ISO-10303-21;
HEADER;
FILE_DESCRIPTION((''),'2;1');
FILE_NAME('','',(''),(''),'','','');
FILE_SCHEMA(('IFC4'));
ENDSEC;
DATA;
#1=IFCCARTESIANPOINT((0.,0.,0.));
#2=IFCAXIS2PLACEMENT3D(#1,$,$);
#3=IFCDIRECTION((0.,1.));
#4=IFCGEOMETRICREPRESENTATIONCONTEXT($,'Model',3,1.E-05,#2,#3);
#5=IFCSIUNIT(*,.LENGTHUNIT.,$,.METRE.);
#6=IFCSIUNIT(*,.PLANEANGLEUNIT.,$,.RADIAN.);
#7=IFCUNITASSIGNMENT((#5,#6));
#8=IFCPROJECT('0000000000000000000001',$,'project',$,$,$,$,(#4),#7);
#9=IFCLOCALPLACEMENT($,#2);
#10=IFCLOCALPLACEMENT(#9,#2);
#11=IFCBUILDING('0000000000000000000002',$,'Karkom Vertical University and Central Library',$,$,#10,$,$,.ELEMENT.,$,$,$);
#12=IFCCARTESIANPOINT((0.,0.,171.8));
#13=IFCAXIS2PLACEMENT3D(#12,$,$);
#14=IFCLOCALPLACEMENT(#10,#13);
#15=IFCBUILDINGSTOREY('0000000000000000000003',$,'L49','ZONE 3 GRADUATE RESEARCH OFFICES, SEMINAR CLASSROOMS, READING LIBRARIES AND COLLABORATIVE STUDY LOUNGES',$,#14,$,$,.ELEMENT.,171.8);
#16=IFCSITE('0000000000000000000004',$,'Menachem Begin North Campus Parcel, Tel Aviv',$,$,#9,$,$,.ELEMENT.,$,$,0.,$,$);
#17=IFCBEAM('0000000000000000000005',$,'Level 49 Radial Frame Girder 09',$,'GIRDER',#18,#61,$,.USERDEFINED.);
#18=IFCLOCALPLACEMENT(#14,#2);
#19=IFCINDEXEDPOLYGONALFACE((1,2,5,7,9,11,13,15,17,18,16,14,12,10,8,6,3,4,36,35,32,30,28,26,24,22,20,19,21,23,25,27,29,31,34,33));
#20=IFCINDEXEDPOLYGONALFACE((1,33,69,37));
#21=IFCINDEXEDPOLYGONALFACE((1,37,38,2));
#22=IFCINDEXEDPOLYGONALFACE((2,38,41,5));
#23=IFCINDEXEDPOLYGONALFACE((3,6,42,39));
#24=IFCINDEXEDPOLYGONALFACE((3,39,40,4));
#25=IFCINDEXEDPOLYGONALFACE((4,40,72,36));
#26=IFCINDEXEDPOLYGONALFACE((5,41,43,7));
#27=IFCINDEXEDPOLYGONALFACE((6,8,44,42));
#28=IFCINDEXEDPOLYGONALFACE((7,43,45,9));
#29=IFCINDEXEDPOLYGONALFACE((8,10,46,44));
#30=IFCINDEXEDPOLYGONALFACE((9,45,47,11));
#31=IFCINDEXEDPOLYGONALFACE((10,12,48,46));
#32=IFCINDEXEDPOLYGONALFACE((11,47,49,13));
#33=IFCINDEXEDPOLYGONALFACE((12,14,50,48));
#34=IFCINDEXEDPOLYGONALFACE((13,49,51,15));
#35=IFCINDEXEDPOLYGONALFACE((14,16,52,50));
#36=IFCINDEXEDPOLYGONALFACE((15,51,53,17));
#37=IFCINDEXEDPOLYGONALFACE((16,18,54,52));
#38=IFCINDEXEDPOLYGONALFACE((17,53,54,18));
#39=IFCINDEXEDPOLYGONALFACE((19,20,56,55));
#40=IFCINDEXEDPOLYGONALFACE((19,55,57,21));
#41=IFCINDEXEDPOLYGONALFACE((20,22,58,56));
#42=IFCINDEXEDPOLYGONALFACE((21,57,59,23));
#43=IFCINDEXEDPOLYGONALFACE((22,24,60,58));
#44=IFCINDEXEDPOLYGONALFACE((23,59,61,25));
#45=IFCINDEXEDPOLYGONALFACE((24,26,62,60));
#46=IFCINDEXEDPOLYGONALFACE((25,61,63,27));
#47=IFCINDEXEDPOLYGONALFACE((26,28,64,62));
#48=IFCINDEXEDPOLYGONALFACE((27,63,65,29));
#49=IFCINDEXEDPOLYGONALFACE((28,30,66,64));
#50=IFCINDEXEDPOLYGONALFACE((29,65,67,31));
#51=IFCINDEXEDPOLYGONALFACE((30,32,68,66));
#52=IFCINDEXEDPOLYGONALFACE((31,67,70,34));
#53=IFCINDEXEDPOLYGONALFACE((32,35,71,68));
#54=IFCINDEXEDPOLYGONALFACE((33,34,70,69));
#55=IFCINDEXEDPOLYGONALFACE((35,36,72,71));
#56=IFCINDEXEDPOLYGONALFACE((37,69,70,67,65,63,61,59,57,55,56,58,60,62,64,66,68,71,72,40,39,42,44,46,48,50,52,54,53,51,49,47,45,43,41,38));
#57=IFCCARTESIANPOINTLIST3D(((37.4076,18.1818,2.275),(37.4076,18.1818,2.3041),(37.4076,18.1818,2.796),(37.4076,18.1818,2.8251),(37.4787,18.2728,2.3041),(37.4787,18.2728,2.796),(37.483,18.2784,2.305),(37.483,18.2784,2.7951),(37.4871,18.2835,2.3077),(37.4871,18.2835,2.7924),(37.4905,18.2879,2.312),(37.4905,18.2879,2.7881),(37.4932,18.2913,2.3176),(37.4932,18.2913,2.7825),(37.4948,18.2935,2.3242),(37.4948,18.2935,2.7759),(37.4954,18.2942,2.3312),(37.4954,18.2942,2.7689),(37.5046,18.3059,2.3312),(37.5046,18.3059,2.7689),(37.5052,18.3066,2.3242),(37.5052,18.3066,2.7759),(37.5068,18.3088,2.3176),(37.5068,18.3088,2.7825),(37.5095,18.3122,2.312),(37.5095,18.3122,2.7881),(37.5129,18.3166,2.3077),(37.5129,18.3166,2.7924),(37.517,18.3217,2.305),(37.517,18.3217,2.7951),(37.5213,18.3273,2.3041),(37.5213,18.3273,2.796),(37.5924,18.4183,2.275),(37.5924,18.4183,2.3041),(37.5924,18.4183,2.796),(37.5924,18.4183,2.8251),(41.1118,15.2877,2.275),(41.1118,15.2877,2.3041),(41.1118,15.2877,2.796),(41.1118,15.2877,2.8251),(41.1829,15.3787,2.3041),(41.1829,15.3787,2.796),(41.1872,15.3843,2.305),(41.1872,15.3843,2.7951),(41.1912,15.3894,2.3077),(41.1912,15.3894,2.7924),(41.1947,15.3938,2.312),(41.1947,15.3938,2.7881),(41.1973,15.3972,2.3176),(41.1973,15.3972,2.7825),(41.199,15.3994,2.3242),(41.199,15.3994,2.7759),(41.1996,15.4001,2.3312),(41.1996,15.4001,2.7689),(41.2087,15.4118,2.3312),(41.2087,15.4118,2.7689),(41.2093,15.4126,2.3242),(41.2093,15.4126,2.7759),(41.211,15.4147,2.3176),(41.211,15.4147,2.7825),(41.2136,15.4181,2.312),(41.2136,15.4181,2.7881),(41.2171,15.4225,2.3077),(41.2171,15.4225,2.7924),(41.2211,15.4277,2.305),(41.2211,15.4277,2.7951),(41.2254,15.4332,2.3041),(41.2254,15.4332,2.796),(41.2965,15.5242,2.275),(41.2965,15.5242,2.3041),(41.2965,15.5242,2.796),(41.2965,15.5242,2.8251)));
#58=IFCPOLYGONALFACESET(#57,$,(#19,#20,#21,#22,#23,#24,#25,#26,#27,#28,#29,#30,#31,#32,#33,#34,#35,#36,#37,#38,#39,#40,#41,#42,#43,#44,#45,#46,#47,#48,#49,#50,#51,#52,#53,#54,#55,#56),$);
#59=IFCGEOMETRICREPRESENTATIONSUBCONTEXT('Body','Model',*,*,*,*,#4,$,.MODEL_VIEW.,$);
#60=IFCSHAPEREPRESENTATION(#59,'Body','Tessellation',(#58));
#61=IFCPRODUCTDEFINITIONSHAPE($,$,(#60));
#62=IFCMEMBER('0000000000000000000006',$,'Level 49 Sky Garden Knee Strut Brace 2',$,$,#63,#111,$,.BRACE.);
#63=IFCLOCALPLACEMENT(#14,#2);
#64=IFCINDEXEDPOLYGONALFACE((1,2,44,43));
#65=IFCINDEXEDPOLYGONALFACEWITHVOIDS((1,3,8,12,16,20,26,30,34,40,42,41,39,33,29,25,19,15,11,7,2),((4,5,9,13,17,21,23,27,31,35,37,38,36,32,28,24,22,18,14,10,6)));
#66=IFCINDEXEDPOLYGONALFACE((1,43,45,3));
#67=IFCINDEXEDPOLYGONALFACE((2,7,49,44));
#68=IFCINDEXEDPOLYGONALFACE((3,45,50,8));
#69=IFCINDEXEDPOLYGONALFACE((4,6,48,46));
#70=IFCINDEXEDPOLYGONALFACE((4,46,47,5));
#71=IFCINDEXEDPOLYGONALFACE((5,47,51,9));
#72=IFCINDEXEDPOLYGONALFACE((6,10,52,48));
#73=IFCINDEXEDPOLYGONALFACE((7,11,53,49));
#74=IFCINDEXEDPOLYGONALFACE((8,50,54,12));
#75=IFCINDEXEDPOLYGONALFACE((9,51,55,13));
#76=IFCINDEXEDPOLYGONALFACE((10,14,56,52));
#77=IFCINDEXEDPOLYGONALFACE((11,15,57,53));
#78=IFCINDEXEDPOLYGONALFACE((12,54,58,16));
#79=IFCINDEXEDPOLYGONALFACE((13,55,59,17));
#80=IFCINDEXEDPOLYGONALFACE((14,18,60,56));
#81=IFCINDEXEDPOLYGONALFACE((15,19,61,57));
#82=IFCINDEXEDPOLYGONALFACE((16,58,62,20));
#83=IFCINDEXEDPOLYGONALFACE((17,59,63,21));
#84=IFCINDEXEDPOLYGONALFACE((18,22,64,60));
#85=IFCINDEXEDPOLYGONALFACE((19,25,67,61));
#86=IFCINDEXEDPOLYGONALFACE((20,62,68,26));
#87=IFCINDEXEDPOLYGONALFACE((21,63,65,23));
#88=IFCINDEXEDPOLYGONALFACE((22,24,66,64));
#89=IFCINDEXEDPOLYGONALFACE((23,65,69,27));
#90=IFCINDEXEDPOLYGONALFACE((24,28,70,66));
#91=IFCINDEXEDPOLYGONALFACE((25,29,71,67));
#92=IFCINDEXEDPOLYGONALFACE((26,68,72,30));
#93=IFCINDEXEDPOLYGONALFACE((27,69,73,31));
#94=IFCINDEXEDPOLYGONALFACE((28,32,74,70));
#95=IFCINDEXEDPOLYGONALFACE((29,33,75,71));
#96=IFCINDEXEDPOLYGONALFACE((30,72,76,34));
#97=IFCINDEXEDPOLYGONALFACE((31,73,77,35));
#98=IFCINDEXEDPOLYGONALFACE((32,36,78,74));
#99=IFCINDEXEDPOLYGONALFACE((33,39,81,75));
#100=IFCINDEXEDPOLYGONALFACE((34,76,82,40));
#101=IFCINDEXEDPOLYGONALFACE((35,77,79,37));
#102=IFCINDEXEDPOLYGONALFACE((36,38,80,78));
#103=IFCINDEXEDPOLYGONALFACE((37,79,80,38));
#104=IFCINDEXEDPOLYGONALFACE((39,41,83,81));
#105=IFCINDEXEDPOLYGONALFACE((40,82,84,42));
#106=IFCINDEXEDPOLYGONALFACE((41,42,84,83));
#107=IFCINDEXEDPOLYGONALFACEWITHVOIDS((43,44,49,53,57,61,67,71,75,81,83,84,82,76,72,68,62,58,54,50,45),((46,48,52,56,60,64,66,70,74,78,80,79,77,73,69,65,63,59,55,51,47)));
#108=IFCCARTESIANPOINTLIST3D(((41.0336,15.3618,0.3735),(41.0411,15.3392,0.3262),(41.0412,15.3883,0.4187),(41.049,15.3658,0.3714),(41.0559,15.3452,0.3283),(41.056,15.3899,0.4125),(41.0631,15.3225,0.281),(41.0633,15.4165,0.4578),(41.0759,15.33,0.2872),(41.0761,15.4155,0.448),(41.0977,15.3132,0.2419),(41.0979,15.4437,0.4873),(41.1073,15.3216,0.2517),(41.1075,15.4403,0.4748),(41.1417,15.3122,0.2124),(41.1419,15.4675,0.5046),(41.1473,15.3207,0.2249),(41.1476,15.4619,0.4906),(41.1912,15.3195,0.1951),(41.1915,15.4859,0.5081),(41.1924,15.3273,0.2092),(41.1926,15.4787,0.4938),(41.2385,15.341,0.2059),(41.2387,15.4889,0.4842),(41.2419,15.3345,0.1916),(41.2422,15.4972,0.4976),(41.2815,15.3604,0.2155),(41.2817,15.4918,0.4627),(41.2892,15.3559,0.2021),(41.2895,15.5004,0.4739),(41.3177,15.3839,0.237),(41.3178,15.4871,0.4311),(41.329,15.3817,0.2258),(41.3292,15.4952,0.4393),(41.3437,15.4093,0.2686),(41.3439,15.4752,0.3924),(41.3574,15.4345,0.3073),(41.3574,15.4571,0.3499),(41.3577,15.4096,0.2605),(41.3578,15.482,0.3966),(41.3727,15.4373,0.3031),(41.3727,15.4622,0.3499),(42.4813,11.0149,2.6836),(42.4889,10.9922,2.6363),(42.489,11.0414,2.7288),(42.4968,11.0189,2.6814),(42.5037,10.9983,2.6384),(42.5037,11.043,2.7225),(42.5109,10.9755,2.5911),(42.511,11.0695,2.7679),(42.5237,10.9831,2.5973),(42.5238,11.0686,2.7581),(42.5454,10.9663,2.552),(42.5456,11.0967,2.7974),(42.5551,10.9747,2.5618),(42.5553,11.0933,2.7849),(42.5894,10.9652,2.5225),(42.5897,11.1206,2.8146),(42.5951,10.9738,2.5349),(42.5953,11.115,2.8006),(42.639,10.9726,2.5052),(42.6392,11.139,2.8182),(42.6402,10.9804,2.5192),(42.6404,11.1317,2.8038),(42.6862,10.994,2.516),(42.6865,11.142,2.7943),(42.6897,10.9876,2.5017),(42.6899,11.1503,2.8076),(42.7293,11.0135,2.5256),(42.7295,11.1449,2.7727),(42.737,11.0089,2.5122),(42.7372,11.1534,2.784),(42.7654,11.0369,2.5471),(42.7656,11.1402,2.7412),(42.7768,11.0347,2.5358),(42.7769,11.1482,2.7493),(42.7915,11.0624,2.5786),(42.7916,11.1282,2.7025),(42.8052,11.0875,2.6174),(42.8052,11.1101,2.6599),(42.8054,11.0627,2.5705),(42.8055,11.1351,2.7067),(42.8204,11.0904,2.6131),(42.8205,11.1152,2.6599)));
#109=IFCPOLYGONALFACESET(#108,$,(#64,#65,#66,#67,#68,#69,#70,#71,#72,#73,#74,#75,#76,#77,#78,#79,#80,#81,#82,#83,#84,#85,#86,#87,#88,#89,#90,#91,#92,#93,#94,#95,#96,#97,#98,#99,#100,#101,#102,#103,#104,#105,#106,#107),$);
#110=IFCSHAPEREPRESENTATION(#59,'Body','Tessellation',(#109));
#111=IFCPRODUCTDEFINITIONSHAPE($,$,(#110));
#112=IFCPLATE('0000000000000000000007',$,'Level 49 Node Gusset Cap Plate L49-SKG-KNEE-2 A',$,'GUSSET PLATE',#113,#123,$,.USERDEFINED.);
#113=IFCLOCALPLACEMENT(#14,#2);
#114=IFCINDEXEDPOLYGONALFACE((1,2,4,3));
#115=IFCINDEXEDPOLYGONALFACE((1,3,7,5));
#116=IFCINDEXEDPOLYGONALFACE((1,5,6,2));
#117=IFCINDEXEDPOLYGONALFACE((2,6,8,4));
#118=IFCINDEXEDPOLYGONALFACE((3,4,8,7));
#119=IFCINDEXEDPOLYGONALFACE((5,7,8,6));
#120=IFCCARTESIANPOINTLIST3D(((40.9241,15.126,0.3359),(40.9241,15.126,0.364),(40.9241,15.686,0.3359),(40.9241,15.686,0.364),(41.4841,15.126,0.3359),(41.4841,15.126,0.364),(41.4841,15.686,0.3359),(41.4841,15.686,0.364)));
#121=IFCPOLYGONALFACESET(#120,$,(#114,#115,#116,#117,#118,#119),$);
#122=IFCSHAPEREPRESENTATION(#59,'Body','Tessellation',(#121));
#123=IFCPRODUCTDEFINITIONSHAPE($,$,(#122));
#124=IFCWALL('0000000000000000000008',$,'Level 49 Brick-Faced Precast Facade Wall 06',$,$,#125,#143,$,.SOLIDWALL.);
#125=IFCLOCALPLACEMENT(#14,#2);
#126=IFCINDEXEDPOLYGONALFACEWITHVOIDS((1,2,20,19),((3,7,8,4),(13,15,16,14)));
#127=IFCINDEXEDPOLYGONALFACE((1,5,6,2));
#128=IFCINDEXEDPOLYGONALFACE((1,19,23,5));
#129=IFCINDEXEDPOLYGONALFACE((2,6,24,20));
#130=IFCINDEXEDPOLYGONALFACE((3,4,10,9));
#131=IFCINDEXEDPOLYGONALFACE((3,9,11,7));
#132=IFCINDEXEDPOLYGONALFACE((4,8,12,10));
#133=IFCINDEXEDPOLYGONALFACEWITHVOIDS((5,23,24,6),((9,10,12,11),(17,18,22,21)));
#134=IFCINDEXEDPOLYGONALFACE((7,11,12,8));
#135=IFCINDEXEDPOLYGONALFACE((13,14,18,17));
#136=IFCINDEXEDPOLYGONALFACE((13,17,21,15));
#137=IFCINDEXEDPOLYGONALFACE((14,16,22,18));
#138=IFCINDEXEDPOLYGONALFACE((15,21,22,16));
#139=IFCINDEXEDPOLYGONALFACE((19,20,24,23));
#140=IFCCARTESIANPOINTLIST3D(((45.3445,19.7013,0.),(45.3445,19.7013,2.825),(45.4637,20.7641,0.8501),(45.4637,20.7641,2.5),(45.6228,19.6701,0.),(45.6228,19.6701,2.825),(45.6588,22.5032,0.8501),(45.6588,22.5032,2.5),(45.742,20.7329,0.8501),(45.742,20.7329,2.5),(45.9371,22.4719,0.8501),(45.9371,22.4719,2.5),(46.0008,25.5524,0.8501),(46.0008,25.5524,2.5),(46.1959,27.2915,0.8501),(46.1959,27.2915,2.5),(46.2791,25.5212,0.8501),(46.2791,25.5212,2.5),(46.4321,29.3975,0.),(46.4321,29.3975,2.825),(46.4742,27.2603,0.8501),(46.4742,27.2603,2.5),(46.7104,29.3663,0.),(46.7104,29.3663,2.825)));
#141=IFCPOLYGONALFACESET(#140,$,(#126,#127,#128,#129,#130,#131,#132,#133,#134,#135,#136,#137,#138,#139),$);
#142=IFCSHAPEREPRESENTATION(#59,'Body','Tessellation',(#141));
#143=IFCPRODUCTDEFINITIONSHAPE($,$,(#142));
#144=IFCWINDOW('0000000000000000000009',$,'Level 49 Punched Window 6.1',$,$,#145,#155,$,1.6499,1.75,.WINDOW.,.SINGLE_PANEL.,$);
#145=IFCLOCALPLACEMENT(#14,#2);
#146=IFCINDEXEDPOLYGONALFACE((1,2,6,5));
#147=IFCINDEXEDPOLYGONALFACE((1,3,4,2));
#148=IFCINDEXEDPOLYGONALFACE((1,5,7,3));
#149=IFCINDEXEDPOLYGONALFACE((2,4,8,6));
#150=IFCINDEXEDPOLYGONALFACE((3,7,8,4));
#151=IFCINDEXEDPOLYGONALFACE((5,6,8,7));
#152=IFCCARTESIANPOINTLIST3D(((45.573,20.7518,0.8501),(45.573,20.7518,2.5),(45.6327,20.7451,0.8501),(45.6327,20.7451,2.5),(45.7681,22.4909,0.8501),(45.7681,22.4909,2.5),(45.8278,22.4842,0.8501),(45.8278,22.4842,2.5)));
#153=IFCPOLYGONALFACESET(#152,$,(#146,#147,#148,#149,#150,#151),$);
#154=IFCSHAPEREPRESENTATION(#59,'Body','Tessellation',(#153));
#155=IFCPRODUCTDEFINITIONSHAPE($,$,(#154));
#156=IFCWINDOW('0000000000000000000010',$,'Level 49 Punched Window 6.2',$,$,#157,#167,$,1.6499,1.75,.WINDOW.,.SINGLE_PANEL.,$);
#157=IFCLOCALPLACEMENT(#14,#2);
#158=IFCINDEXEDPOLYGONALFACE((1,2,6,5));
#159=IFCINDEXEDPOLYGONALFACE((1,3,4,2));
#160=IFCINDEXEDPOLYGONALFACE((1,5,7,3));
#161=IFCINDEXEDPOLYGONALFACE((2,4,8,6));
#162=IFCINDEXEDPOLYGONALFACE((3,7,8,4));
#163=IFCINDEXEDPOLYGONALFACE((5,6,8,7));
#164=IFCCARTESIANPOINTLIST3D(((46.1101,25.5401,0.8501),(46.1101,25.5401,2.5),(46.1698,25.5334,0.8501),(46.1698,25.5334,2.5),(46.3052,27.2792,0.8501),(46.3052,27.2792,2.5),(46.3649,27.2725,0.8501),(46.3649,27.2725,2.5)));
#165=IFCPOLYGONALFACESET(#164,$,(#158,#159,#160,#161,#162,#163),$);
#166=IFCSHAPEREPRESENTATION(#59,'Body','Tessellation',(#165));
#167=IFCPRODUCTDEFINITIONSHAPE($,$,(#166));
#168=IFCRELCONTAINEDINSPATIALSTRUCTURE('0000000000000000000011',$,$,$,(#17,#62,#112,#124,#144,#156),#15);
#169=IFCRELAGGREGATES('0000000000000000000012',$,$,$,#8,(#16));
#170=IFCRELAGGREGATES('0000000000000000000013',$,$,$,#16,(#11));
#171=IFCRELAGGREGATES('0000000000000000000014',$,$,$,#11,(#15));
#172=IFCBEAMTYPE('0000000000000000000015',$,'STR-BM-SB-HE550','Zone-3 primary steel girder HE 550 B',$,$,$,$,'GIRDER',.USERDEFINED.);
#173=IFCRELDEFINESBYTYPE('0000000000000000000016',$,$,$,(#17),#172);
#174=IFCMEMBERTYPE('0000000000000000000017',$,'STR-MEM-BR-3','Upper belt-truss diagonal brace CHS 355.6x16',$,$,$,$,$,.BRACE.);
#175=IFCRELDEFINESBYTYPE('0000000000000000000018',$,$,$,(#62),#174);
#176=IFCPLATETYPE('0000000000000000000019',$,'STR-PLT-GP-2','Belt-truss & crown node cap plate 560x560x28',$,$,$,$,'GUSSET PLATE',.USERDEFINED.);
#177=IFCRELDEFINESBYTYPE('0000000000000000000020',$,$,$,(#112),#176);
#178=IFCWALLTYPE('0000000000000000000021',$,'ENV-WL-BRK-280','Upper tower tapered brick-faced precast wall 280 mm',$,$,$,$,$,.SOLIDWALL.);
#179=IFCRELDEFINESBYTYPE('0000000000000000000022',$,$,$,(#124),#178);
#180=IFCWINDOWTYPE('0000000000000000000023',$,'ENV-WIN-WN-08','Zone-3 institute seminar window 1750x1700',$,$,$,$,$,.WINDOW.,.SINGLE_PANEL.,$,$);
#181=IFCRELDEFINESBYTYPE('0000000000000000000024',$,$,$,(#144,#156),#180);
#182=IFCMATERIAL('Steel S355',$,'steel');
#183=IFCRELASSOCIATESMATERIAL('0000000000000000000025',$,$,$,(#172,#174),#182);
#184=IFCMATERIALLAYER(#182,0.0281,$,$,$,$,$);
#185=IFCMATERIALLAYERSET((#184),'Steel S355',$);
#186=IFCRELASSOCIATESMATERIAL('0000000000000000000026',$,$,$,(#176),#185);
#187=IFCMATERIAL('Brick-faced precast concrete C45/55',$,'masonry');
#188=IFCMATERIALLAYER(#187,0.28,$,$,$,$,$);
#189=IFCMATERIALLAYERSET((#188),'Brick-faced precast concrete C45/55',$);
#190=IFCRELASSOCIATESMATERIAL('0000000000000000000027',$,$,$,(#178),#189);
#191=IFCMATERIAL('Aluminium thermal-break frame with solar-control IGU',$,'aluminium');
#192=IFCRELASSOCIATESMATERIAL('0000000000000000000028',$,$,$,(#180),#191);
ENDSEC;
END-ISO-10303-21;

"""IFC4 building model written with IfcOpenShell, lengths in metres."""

from ifc_helpers import new_model, si_unit, direction, frame, frame_2d, origin, origin_with_axes, origin_2d, place, context, subcontext, project, spatial, rectangle, hollow_circle, i_section, extrude, source, transform, mapped, material, layer, layer_set, material_profile, profile_set, type_object, element, fill, save


model = new_model("IFC4")

# Units and contexts
model_context = context("Model", 3, precision=1e-05, world=origin(), true_north=direction((0.0, 1.0)))
body_context = subcontext(model_context, "Body", "Model", "MODEL_VIEW")
ifc_project = project(units=[si_unit("LENGTHUNIT", "METRE"), si_unit("PLANEANGLEUNIT", "RADIAN")], contexts=[model_context])

# Site, building, storey
site_placement = place(None, origin())
site = spatial("IfcSite", under=ifc_project, at=site_placement, Name="Menachem Begin North Campus Parcel, Tel Aviv", CompositionType="ELEMENT", RefElevation=0.0)
building_placement = place(site_placement, origin())
building = spatial("IfcBuilding", under=site, at=building_placement, Name="Karkom Vertical University and Central Library", CompositionType="ELEMENT")
storey_placement = place(building_placement, frame((0.0, 0.0, 171.8)))
storey = spatial("IfcBuildingStorey", under=building, at=storey_placement, Name="L49", Description="ZONE 3 GRADUATE RESEARCH OFFICES, SEMINAR CLASSROOMS, READING LIBRARIES AND COLLABORATIVE STUDY LOUNGES", CompositionType="ELEMENT", Elevation=171.8)

# Beam
ifc_material_1 = material(Name="Steel S355", Category="steel")
ifc_material_profile_1 = material_profile(ifc_material_1, i_section(OverallWidth=0.3, OverallDepth=0.55, WebThickness=0.0149, FlangeThickness=0.0291, FilletRadius=0.0271, at=origin_2d()), Name="HE 550 B")
ifc_profile_set_1 = profile_set([ifc_material_profile_1], Name="Steel S355")
beam_type_1 = type_object("IfcBeamType", Name="STR-BM-SB-HE550", Description="Zone-3 primary steel girder HE 550 B", ElementType="GIRDER", PredefinedType="USERDEFINED", material=ifc_profile_set_1)
shared_shape_1 = source(origin_with_axes(), body_context, "Body", "SweptSolid", [
    extrude(i_section(OverallWidth=0.3, OverallDepth=0.55, WebThickness=0.0149, FlangeThickness=0.0291, FilletRadius=0.0271, at=origin_2d()), origin(), (0.0, 0.0, 1.0), 4.7007),
])
beam_1_placement = place(storey_placement, frame((37.5, 18.3, 2.55), z_axis=(0.788002, -0.615672, 0.0), x_axis=(0.615672, 0.788002, 0.0)))
element("IfcBeam", 1, at=beam_1_placement, inside=storey, type_object=beam_type_1, Name="Level 49 Radial Frame Girder 09", ObjectType="GIRDER", PredefinedType="USERDEFINED", context=body_context, shape_type="MappedRepresentation", body=[
    mapped(shared_shape_1, transform((0.0, 0.0, 0.0), scale=1.0)),
])

# Member
ifc_material_profile_2 = material_profile(ifc_material_1, hollow_circle(Radius=0.1777, WallThickness=0.0161, at=origin_2d()), Name="CHS 355.6x16")
ifc_profile_set_2 = profile_set([ifc_material_profile_2], Name="Steel S355")
member_type = type_object("IfcMemberType", Name="STR-MEM-BR-3", Description="Upper belt-truss diagonal brace CHS 355.6x16", PredefinedType="BRACE", material=ifc_profile_set_2)
shared_shape_2 = source(origin_with_axes(), body_context, "Body", "SweptSolid", [
    extrude(hollow_circle(Radius=0.1777, WallThickness=0.0161, at=origin_2d()), origin(), (0.0, 0.0, 1.0), 5.1311),
])
member_placement = place(storey_placement, frame((41.2041, 15.406, 0.3499), z_axis=(0.282153, -0.847173, 0.450208), x_axis=(0.948763, 0.315988, 0.0)))
element("IfcMember", 2, at=member_placement, inside=storey, type_object=member_type, Name="Level 49 Sky Garden Knee Strut Brace 2", PredefinedType="BRACE", context=body_context, shape_type="MappedRepresentation", body=[
    mapped(shared_shape_2, transform((0.0, 0.0, 0.0), scale=1.0)),
])

# Plate
ifc_layer_1 = layer(ifc_material_1, 0.0281)
ifc_layer_set_1 = layer_set([ifc_layer_1], Name="Steel S355")
plate_type = type_object("IfcPlateType", Name="STR-PLT-GP-2", Description="Belt-truss & crown node cap plate 560x560x28", ElementType="GUSSET PLATE", PredefinedType="USERDEFINED", material=ifc_layer_set_1)
shared_shape_3 = source(origin_with_axes(), body_context, "Body", "SweptSolid", [
    extrude(rectangle(XDim=0.5601, YDim=0.5601, at=origin_2d()), origin(), (0.0, 0.0, 1.0), 0.0281),
])
plate_placement = place(storey_placement, frame((41.2041, 15.406, 0.3359), z_axis=(0.0, 0.0, 1.0), x_axis=(1.0, 0.0, 0.0)))
element("IfcPlate", 3, at=plate_placement, inside=storey, type_object=plate_type, Name="Level 49 Node Gusset Cap Plate L49-SKG-KNEE-2 A", ObjectType="GUSSET PLATE", PredefinedType="USERDEFINED", context=body_context, shape_type="MappedRepresentation", body=[
    mapped(shared_shape_3, transform((0.0, 0.0, 0.0), scale=1.0)),
])

# Wall, openings, windows
ifc_material_2 = material(Name="Brick-faced precast concrete C45/55", Category="masonry")
ifc_layer_2 = layer(ifc_material_2, 0.28)
ifc_layer_set_2 = layer_set([ifc_layer_2], Name="Brick-faced precast concrete C45/55")
wall_type_1 = type_object("IfcWallType", Name="ENV-WL-BRK-280", Description="Upper tower tapered brick-faced precast wall 280 mm", PredefinedType="SOLIDWALL", material=ifc_layer_set_2)
wall_1_placement = place(storey_placement, frame((45.4836, 19.6858, 0.0), z_axis=(0.0, 0.0, 1.0), x_axis=(0.111472, 0.993768, 0.0)))
wall_1 = element("IfcWall", 4, at=wall_1_placement, inside=storey, type_object=wall_type_1, Name="Level 49 Brick-Faced Precast Facade Wall 06", PredefinedType="SOLIDWALL", context=body_context, shape_type="SweptSolid", body=[
    extrude(rectangle(XDim=9.7571, YDim=0.28, at=frame_2d((4.8784, 0.0))), origin(), (0.0, 0.0, 1.0), 2.825),
])
opening_1_placement = place(wall_1_placement, frame((1.0693, 0.0, 0.8501)))
opening_1 = element("IfcOpeningElement", 5, at=opening_1_placement, cuts=wall_1, PredefinedType="OPENING", context=body_context, shape_type="SweptSolid", body=[
    extrude(rectangle(XDim=1.75, YDim=1.6499, at=frame_2d((0.875, 0.825))), frame((0.0, 0.1499, 0.0), z_axis=(0.0, -1.0, 0.0), x_axis=(1.0, 0.0, 0.0)), (0.0, 0.0, 1.0), 0.3),
])
opening_2_placement = place(wall_1_placement, frame((5.8877, 0.0, 0.8501)))
opening_2 = element("IfcOpeningElement", 6, at=opening_2_placement, cuts=wall_1, PredefinedType="OPENING", context=body_context, shape_type="SweptSolid", body=[
    extrude(rectangle(XDim=1.75, YDim=1.6499, at=frame_2d((0.875, 0.825))), frame((0.0, 0.1499, 0.0), z_axis=(0.0, -1.0, 0.0), x_axis=(1.0, 0.0, 0.0)), (0.0, 0.0, 1.0), 0.3),
])
ifc_material_3 = material(Name="Aluminium thermal-break frame with solar-control IGU", Category="aluminium")
window_type = type_object("IfcWindowType", Name="ENV-WIN-WN-08", Description="Zone-3 institute seminar window 1750x1700", PartitioningType="SINGLE_PANEL", PredefinedType="WINDOW", material=ifc_material_3)
shared_shape_4 = source(origin_with_axes(), body_context, "Body", "SweptSolid", [
    extrude(rectangle(XDim=1.75, YDim=1.6499, at=frame_2d((0.875, 0.825))), frame((0.0, 0.03, 0.0), z_axis=(0.0, -1.0, 0.0), x_axis=(1.0, 0.0, 0.0)), (0.0, 0.0, 1.0), 0.0601),
])
window_1_placement = place(opening_1_placement, origin())
window_1 = element("IfcWindow", 7, at=window_1_placement, inside=storey, type_object=window_type, Name="Level 49 Punched Window 6.1", OverallHeight=1.6499, OverallWidth=1.75, PartitioningType="SINGLE_PANEL", PredefinedType="WINDOW", context=body_context, shape_type="MappedRepresentation", body=[
    mapped(shared_shape_4, transform((0.0, 0.0, 0.0), scale=1.0)),
])
fill(opening_1, window_1)
window_2_placement = place(opening_2_placement, origin())
window_2 = element("IfcWindow", 8, at=window_2_placement, inside=storey, type_object=window_type, Name="Level 49 Punched Window 6.2", OverallHeight=1.6499, OverallWidth=1.75, PartitioningType="SINGLE_PANEL", PredefinedType="WINDOW", context=body_context, shape_type="MappedRepresentation", body=[
    mapped(shared_shape_4, transform((0.0, 0.0, 0.0), scale=1.0)),
])
fill(opening_2, window_2)

save(model, "model.ifc")
